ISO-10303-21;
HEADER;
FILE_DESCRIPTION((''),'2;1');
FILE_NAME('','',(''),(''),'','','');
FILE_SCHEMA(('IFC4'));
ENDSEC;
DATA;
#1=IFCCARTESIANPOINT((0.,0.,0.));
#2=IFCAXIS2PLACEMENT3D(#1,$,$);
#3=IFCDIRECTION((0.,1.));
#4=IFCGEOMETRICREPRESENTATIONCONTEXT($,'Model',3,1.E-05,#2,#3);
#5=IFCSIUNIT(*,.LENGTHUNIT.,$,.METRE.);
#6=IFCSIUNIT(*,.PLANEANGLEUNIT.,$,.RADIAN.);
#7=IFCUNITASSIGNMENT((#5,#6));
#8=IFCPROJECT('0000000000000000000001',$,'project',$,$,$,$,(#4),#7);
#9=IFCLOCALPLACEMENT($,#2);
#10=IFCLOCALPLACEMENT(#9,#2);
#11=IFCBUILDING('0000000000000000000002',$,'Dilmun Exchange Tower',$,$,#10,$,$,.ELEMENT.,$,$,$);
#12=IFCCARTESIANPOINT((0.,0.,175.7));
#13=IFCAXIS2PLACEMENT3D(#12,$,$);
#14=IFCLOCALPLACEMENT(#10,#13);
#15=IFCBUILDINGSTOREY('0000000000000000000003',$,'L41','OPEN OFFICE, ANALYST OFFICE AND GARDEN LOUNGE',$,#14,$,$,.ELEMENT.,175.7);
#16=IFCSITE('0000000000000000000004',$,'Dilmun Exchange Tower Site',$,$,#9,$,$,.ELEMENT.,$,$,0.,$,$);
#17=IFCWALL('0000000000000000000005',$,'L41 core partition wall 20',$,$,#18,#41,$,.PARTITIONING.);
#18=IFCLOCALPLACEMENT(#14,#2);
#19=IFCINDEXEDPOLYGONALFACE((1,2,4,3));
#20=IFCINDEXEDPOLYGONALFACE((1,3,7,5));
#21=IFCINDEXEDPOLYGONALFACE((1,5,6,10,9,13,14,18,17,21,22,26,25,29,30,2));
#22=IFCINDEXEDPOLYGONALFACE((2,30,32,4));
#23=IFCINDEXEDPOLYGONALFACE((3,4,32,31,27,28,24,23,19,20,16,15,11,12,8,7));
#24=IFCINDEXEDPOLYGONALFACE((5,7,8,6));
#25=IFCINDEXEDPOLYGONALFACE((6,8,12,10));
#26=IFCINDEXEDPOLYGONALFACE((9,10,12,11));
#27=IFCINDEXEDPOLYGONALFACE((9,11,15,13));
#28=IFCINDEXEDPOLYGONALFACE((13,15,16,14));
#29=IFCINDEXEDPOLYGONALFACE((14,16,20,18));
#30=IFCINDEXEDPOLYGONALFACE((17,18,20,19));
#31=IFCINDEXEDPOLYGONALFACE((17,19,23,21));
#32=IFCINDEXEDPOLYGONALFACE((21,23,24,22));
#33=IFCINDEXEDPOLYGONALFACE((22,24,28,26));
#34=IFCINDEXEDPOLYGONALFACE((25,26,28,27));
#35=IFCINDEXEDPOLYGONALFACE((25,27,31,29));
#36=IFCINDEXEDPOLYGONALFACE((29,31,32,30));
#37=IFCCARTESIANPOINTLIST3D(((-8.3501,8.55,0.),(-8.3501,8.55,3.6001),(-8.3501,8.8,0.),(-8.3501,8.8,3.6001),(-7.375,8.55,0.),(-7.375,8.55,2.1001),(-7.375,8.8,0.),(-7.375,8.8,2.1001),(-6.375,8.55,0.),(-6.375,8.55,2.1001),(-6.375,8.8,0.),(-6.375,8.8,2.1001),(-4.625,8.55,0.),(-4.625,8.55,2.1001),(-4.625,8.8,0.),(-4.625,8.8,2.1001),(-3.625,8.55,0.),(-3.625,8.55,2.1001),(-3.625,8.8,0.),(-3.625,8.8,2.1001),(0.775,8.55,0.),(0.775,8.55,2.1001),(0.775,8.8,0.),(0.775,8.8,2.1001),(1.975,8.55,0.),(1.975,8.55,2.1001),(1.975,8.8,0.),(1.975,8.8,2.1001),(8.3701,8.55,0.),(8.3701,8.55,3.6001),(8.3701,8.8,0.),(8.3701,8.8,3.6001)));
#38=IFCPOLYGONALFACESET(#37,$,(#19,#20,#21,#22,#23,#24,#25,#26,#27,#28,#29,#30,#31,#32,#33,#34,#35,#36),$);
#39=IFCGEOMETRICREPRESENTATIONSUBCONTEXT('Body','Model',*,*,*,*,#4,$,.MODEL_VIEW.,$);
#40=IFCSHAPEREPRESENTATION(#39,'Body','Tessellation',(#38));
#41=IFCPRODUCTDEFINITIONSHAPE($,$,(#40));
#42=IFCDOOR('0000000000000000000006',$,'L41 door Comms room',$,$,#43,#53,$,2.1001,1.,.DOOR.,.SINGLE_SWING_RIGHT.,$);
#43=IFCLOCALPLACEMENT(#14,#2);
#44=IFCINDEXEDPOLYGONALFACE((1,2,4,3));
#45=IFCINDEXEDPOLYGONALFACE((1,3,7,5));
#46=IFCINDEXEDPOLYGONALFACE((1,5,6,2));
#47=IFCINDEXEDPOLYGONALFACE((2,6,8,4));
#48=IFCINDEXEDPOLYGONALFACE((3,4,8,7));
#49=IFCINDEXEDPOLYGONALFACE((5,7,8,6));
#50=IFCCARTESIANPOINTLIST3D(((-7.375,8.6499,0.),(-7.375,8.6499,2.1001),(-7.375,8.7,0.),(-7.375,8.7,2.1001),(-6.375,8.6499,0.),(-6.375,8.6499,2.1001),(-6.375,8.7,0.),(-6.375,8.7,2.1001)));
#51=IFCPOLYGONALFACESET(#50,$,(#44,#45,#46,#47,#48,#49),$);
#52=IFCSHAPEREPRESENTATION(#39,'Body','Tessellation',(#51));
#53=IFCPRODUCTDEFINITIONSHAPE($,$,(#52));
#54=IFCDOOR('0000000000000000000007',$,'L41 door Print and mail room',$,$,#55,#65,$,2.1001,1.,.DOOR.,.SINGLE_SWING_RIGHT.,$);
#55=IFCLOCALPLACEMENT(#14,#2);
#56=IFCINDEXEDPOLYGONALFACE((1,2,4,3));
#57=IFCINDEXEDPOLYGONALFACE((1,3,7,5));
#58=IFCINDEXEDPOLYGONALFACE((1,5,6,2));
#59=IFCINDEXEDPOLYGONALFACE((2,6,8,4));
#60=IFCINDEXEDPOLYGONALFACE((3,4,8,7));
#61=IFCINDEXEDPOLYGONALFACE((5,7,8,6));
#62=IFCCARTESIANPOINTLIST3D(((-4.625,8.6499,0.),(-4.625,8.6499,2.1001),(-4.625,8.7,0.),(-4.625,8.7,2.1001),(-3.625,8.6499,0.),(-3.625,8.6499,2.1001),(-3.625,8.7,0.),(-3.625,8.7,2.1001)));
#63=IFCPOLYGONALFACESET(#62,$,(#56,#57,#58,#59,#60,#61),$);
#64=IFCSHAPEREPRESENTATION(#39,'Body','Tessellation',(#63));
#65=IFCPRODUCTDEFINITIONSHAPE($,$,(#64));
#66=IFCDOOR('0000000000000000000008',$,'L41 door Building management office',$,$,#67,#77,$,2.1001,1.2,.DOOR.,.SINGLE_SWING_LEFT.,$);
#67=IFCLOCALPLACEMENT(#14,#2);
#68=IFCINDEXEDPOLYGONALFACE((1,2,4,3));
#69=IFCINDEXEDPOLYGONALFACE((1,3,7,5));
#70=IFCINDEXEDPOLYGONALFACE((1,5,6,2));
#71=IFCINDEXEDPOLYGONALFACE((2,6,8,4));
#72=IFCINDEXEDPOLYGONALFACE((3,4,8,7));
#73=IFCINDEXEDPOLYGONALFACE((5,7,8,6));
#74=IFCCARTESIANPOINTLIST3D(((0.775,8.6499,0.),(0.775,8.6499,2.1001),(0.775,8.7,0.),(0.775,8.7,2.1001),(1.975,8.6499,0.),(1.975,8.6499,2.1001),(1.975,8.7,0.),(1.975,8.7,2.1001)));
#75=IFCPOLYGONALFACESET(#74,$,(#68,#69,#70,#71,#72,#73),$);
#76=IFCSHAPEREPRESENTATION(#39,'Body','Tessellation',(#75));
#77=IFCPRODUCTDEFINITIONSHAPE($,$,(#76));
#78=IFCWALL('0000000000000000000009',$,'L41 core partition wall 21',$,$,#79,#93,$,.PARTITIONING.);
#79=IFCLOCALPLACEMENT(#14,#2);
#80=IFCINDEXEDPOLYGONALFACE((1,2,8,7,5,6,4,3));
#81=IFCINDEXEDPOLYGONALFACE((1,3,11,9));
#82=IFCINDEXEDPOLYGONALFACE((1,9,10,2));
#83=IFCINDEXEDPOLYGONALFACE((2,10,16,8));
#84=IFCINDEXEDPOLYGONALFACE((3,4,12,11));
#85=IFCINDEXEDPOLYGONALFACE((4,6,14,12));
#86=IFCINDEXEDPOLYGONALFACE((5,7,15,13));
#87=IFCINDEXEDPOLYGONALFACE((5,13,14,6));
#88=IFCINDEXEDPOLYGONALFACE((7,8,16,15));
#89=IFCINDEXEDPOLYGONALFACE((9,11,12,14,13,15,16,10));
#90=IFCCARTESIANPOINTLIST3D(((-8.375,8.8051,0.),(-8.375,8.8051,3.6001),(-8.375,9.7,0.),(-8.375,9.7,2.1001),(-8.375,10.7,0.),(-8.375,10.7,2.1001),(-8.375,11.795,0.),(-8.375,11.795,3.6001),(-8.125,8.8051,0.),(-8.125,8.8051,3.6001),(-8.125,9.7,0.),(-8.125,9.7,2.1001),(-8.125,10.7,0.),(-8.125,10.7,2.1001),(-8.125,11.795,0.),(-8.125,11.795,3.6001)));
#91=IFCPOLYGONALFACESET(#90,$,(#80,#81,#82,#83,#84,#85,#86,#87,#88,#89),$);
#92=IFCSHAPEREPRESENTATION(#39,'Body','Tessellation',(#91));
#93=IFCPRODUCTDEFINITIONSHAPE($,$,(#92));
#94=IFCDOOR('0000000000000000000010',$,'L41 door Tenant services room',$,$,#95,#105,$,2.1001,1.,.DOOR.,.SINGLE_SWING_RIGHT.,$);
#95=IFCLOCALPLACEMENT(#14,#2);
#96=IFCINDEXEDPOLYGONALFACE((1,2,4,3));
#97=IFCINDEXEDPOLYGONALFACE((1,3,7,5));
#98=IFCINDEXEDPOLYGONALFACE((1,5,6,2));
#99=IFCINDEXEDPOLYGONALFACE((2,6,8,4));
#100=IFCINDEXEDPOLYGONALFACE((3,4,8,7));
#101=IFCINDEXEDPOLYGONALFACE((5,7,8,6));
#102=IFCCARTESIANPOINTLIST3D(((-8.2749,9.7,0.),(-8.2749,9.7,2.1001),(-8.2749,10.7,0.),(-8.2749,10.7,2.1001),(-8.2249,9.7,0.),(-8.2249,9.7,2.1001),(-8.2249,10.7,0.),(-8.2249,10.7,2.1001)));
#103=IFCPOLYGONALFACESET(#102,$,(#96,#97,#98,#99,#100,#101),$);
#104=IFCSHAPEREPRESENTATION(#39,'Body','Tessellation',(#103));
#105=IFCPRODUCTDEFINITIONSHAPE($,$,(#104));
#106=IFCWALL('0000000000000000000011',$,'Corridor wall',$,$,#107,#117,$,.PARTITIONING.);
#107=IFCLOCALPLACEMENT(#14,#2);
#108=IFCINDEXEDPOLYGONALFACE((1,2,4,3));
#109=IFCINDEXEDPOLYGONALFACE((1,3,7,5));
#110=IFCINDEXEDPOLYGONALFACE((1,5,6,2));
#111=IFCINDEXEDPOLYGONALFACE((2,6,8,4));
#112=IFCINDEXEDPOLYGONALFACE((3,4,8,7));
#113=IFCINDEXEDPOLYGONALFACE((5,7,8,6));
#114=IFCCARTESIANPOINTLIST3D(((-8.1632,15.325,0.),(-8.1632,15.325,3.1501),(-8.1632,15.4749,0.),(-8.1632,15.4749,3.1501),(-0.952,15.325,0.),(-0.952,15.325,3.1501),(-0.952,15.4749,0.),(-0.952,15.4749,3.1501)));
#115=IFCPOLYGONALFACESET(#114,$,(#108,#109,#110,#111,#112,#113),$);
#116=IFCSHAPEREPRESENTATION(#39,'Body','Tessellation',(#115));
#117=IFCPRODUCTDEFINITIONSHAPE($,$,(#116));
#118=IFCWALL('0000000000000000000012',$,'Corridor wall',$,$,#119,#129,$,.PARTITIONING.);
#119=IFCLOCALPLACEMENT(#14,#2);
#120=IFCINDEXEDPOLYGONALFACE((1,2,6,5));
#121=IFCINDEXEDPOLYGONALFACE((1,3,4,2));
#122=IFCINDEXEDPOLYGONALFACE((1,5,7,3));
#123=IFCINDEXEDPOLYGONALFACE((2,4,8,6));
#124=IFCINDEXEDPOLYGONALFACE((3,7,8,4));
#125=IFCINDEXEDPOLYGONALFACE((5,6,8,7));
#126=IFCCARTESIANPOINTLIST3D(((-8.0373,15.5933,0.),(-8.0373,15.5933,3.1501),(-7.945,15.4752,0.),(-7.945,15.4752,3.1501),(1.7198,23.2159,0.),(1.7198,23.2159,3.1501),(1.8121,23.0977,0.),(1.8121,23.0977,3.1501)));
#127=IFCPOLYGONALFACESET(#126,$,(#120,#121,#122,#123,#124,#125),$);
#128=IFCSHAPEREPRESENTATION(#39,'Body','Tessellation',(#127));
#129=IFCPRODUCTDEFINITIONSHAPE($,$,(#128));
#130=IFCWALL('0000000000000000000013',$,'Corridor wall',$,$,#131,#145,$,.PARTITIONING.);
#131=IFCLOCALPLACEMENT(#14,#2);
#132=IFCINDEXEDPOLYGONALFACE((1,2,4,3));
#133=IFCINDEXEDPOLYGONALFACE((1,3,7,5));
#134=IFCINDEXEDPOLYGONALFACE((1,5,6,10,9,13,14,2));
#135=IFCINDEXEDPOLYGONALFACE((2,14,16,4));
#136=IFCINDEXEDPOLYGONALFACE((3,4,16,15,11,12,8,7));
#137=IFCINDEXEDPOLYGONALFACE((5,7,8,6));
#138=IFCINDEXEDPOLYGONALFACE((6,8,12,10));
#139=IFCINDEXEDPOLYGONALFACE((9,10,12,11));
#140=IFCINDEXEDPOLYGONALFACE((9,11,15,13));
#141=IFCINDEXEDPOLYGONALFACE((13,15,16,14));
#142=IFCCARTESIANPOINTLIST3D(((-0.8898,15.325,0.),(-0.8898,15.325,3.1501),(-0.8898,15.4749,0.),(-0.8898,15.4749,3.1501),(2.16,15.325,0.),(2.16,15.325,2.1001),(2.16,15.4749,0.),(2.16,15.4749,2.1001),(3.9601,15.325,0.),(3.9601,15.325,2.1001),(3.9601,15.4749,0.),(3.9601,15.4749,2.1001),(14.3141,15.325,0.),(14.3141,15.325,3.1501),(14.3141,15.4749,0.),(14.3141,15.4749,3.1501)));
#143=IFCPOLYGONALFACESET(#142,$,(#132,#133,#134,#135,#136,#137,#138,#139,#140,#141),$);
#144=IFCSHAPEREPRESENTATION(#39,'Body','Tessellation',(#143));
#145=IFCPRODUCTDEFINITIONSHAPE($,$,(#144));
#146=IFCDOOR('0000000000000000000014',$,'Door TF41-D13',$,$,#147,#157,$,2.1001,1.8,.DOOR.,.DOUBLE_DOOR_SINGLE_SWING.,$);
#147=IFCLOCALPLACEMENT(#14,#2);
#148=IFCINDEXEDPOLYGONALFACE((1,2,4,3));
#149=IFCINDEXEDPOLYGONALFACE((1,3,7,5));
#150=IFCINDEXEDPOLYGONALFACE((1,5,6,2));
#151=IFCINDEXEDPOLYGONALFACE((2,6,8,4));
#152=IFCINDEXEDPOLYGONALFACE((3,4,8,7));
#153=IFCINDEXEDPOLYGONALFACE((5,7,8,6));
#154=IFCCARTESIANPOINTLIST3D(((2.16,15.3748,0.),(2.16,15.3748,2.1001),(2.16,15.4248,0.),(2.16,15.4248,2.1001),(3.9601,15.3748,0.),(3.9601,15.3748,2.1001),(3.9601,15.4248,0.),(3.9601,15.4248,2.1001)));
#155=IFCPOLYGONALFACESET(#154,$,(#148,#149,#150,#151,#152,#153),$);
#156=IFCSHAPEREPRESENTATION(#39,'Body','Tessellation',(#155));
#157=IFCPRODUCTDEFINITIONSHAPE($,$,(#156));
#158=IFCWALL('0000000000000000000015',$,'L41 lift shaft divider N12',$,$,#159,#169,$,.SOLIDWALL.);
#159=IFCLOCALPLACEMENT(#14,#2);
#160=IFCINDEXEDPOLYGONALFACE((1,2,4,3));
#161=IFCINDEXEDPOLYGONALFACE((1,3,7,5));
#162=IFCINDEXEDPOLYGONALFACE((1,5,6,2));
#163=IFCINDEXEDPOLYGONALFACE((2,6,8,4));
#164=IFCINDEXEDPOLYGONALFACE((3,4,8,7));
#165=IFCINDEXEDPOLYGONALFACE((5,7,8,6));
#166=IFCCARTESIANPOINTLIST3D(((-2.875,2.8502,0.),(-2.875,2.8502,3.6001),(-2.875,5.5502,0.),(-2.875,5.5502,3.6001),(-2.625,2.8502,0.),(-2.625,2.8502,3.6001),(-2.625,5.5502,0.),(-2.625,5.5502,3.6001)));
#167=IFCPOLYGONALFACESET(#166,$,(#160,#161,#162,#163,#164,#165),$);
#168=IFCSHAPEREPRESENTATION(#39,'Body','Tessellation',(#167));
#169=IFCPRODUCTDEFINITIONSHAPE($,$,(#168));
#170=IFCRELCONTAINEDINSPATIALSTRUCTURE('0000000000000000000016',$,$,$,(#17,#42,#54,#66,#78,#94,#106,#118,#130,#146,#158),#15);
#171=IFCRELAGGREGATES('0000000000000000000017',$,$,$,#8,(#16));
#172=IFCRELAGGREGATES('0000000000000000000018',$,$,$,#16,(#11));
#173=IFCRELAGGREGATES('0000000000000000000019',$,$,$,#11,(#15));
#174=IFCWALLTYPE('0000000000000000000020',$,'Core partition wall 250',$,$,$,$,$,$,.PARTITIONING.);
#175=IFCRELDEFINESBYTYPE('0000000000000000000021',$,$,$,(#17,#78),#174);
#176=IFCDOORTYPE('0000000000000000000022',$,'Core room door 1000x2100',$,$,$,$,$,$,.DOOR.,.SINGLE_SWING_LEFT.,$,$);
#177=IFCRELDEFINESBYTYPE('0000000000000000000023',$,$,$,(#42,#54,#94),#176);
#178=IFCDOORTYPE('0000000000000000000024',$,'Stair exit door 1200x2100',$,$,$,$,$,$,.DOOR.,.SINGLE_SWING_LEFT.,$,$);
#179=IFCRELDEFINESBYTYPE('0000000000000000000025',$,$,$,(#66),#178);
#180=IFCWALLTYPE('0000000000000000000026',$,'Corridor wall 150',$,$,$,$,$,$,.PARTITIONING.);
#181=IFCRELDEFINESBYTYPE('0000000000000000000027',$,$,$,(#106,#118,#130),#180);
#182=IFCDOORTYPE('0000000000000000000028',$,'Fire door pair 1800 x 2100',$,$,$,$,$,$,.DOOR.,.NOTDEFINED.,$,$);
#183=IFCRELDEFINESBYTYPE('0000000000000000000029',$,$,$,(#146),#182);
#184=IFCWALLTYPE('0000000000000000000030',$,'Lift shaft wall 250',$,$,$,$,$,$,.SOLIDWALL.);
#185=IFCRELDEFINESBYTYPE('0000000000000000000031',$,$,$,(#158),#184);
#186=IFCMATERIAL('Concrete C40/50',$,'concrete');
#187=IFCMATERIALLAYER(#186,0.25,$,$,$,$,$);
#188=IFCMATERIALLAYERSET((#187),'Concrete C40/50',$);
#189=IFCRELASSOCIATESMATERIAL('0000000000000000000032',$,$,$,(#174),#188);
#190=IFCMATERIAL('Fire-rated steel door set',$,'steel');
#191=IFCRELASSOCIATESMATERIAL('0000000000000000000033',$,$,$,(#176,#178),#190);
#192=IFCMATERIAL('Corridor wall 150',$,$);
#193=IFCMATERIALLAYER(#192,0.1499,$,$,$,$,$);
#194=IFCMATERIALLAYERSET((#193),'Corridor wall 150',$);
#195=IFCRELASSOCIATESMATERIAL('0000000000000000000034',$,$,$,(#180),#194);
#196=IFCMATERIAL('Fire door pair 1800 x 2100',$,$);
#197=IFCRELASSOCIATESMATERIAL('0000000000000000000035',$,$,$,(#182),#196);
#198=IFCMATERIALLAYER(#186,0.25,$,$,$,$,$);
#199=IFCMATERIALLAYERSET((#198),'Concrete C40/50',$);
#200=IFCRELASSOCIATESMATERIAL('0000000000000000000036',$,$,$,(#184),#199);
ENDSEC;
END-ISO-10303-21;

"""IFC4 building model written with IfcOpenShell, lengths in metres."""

from ifc_helpers import new_model, si_unit, direction, frame, frame_2d, origin, place, context, subcontext, project, spatial, rectangle, extrude, material, layer, layer_set, type_object, element, fill, save


model = new_model("IFC4")

# Units and contexts
model_context = context("Model", 3, precision=1e-05, world=origin(), true_north=direction((0.0, 1.0)))
body_context = subcontext(model_context, "Body", "Model", "MODEL_VIEW")
ifc_project = project(units=[si_unit("LENGTHUNIT", "METRE"), si_unit("PLANEANGLEUNIT", "RADIAN")], contexts=[model_context])

# Site, building, storey
site_placement = place(None, origin())
site = spatial("IfcSite", under=ifc_project, at=site_placement, Name="Dilmun Exchange Tower Site", CompositionType="ELEMENT", RefElevation=0.0)
building_placement = place(site_placement, origin())
building = spatial("IfcBuilding", under=site, at=building_placement, Name="Dilmun Exchange Tower", CompositionType="ELEMENT")
storey_placement = place(building_placement, frame((0.0, 0.0, 175.7)))
storey = spatial("IfcBuildingStorey", under=building, at=storey_placement, Name="L41", Description="OPEN OFFICE, ANALYST OFFICE AND GARDEN LOUNGE", CompositionType="ELEMENT", Elevation=175.7)

# Shared definitions
ifc_material_1 = material(Name="Concrete C40/50", Category="concrete")

# Shared definitions
ifc_material_2 = material(Name="Fire-rated steel door set", Category="steel")

# Shared definitions
ifc_layer_1 = layer(ifc_material_1, 0.25)
ifc_layer_set_1 = layer_set([ifc_layer_1], Name="Concrete C40/50")
wall_type_1 = type_object("IfcWallType", Name="Core partition wall 250", PredefinedType="PARTITIONING", material=ifc_layer_set_1)

# Wall, openings, doors
wall_1_placement = place(storey_placement, frame((-8.3501, 8.675, 0.0), z_axis=(0.0, 0.0, 1.0), x_axis=(1.0, 0.0, 0.0)))
wall_1 = element("IfcWall", 1, at=wall_1_placement, inside=storey, type_object=wall_type_1, Name="L41 core partition wall 20", PredefinedType="PARTITIONING", context=body_context, shape_type="SweptSolid", body=[
    extrude(rectangle(XDim=16.7202, YDim=0.25, at=frame_2d((8.3601, 0.0))), origin(), (0.0, 0.0, 1.0), 3.6001),
])
opening_1_placement = place(wall_1_placement, frame((0.9751, 0.0, 0.0)))
opening_1 = element("IfcOpeningElement", 2, at=opening_1_placement, cuts=wall_1, PredefinedType="OPENING", context=body_context, shape_type="SweptSolid", body=[
    extrude(rectangle(XDim=1.0, YDim=2.1001, at=frame_2d((0.5, 1.05))), frame((0.0, 0.135, 0.0), z_axis=(0.0, -1.0, 0.0), x_axis=(1.0, 0.0, 0.0)), (0.0, 0.0, 1.0), 0.27),
])
opening_2_placement = place(wall_1_placement, frame((3.7251, 0.0, 0.0)))
opening_2 = element("IfcOpeningElement", 3, at=opening_2_placement, cuts=wall_1, PredefinedType="OPENING", context=body_context, shape_type="SweptSolid", body=[
    extrude(rectangle(XDim=1.0, YDim=2.1001, at=frame_2d((0.5, 1.05))), frame((0.0, 0.135, 0.0), z_axis=(0.0, -1.0, 0.0), x_axis=(1.0, 0.0, 0.0)), (0.0, 0.0, 1.0), 0.27),
])
opening_3_placement = place(wall_1_placement, frame((9.125, 0.0, 0.0)))
opening_3 = element("IfcOpeningElement", 4, at=opening_3_placement, cuts=wall_1, PredefinedType="OPENING", context=body_context, shape_type="SweptSolid", body=[
    extrude(rectangle(XDim=1.2, YDim=2.1001, at=frame_2d((0.6001, 1.05))), frame((0.0, 0.135, 0.0), z_axis=(0.0, -1.0, 0.0), x_axis=(1.0, 0.0, 0.0)), (0.0, 0.0, 1.0), 0.27),
])
door_type_1 = type_object("IfcDoorType", Name="Core room door 1000x2100", OperationType="SINGLE_SWING_LEFT", PredefinedType="DOOR", material=ifc_material_2)
door_1_placement = place(opening_1_placement, origin())
door_1 = element("IfcDoor", 5, at=door_1_placement, inside=storey, type_object=door_type_1, Name="L41 door Comms room", OperationType="SINGLE_SWING_RIGHT", OverallHeight=2.1001, OverallWidth=1.0, PredefinedType="DOOR", context=body_context, shape_type="SweptSolid", body=[
    extrude(rectangle(XDim=1.0, YDim=2.1001, at=frame_2d((0.5, 1.05))), frame((0.0, 0.0249, 0.0), z_axis=(0.0, -1.0, 0.0), x_axis=(1.0, 0.0, 0.0)), (0.0, 0.0, 1.0), 0.05),
])
fill(opening_1, door_1)
door_2_placement = place(opening_2_placement, origin())
door_2 = element("IfcDoor", 6, at=door_2_placement, inside=storey, type_object=door_type_1, Name="L41 door Print and mail room", OperationType="SINGLE_SWING_RIGHT", OverallHeight=2.1001, OverallWidth=1.0, PredefinedType="DOOR", context=body_context, shape_type="SweptSolid", body=[
    extrude(rectangle(XDim=1.0, YDim=2.1001, at=frame_2d((0.5, 1.05))), frame((0.0, 0.0249, 0.0), z_axis=(0.0, -1.0, 0.0), x_axis=(1.0, 0.0, 0.0)), (0.0, 0.0, 1.0), 0.05),
])
fill(opening_2, door_2)
door_type_2 = type_object("IfcDoorType", Name="Stair exit door 1200x2100", OperationType="SINGLE_SWING_LEFT", PredefinedType="DOOR", material=ifc_material_2)
door_3_placement = place(opening_3_placement, origin())
door_3 = element("IfcDoor", 7, at=door_3_placement, inside=storey, type_object=door_type_2, Name="L41 door Building management office", OperationType="SINGLE_SWING_LEFT", OverallHeight=2.1001, OverallWidth=1.2, PredefinedType="DOOR", context=body_context, shape_type="SweptSolid", body=[
    extrude(rectangle(XDim=1.2, YDim=2.1001, at=frame_2d((0.6001, 1.05))), frame((0.0, 0.0249, 0.0), z_axis=(0.0, -1.0, 0.0), x_axis=(1.0, 0.0, 0.0)), (0.0, 0.0, 1.0), 0.05),
])
fill(opening_3, door_3)

# Wall, opening, door
wall_2_placement = place(storey_placement, frame((-8.25, 8.8049, 0.0), z_axis=(0.0, 0.0, 1.0), x_axis=(0.0, 1.0, 0.0)))
wall_2 = element("IfcWall", 8, at=wall_2_placement, inside=storey, type_object=wall_type_1, Name="L41 core partition wall 21", PredefinedType="PARTITIONING", context=body_context, shape_type="SweptSolid", body=[
    extrude(rectangle(XDim=2.99, YDim=0.25, at=frame_2d((1.4951, 0.0))), origin(), (0.0, 0.0, 1.0), 3.6001),
])
opening_4_placement = place(wall_2_placement, frame((0.895, 0.0, 0.0)))
opening_4 = element("IfcOpeningElement", 9, at=opening_4_placement, cuts=wall_2, PredefinedType="OPENING", context=body_context, shape_type="SweptSolid", body=[
    extrude(rectangle(XDim=1.0, YDim=2.1001, at=frame_2d((0.5, 1.05))), frame((0.0, 0.135, 0.0), z_axis=(0.0, -1.0, 0.0), x_axis=(1.0, 0.0, 0.0)), (0.0, 0.0, 1.0), 0.27),
])
door_4_placement = place(opening_4_placement, origin())
door_4 = element("IfcDoor", 10, at=door_4_placement, inside=storey, type_object=door_type_1, Name="L41 door Tenant services room", OperationType="SINGLE_SWING_RIGHT", OverallHeight=2.1001, OverallWidth=1.0, PredefinedType="DOOR", context=body_context, shape_type="SweptSolid", body=[
    extrude(rectangle(XDim=1.0, YDim=2.1001, at=frame_2d((0.5, 1.05))), frame((0.0, 0.0249, 0.0), z_axis=(0.0, -1.0, 0.0), x_axis=(1.0, 0.0, 0.0)), (0.0, 0.0, 1.0), 0.05),
])
fill(opening_4, door_4)

# Walls
ifc_material_3 = material(Name="Corridor wall 150")
ifc_layer_2 = layer(ifc_material_3, 0.1499)
ifc_layer_set_2 = layer_set([ifc_layer_2], Name="Corridor wall 150")
wall_type_2 = type_object("IfcWallType", Name="Corridor wall 150", PredefinedType="PARTITIONING", material=ifc_layer_set_2)
wall_3_placement = place(storey_placement, frame((-8.1631, 15.3999, 0.0), z_axis=(0.0, 0.0, 1.0), x_axis=(1.0, 0.0, 0.0)))
element("IfcWall", 11, at=wall_3_placement, inside=storey, type_object=wall_type_2, Name="Corridor wall", PredefinedType="PARTITIONING", context=body_context, shape_type="SweptSolid", body=[
    extrude(rectangle(XDim=7.2112, YDim=0.1499, at=frame_2d((3.6055, 0.0))), origin(), (0.0, 0.0, 1.0), 3.1501),
])
wall_4_placement = place(storey_placement, frame((-7.9912, 15.5342, 0.0), z_axis=(0.0, 0.0, 1.0), x_axis=(0.788031, 0.615636, 0.0)))
element("IfcWall", 12, at=wall_4_placement, inside=storey, type_object=wall_type_2, Name="Corridor wall", PredefinedType="PARTITIONING", context=body_context, shape_type="SweptSolid", body=[
    extrude(rectangle(XDim=12.3816, YDim=0.1499, at=frame_2d((6.1909, 0.0))), origin(), (0.0, 0.0, 1.0), 3.1501),
])

# Wall, opening, door
wall_5_placement = place(storey_placement, frame((-0.8899, 15.3999, 0.0), z_axis=(0.0, 0.0, 1.0), x_axis=(1.0, 0.0, 0.0)))
wall_5 = element("IfcWall", 13, at=wall_5_placement, inside=storey, type_object=wall_type_2, Name="Corridor wall", PredefinedType="PARTITIONING", context=body_context, shape_type="SweptSolid", body=[
    extrude(rectangle(XDim=15.2039, YDim=0.1499, at=frame_2d((7.6021, 0.0))), origin(), (0.0, 0.0, 1.0), 3.1501),
])
opening_5_placement = place(wall_5_placement, frame((3.05, 0.0, 0.0)))
opening_5 = element("IfcOpeningElement", 14, at=opening_5_placement, cuts=wall_5, PredefinedType="OPENING", context=body_context, shape_type="SweptSolid", body=[
    extrude(rectangle(XDim=1.8, YDim=2.1001, at=frame_2d((0.8999, 1.05))), frame((0.0, 0.085, 0.0), z_axis=(0.0, -1.0, 0.0), x_axis=(1.0, 0.0, 0.0)), (0.0, 0.0, 1.0), 0.1699),
])
ifc_material_4 = material(Name="Fire door pair 1800 x 2100")
door_type_3 = type_object("IfcDoorType", Name="Fire door pair 1800 x 2100", OperationType="NOTDEFINED", PredefinedType="DOOR", material=ifc_material_4)
door_5_placement = place(opening_5_placement, origin())
door_5 = element("IfcDoor", 15, at=door_5_placement, inside=storey, type_object=door_type_3, Name="Door TF41-D13", OperationType="DOUBLE_DOOR_SINGLE_SWING", OverallHeight=2.1001, OverallWidth=1.8, PredefinedType="DOOR", context=body_context, shape_type="SweptSolid", body=[
    extrude(rectangle(XDim=1.8, YDim=2.1001, at=frame_2d((0.8999, 1.05))), frame((0.0, 0.0249, 0.0), z_axis=(0.0, -1.0, 0.0), x_axis=(1.0, 0.0, 0.0)), (0.0, 0.0, 1.0), 0.05),
])
fill(opening_5, door_5)

# Wall
ifc_layer_3 = layer(ifc_material_1, 0.25)
ifc_layer_set_3 = layer_set([ifc_layer_3], Name="Concrete C40/50")
wall_type_3 = type_object("IfcWallType", Name="Lift shaft wall 250", PredefinedType="SOLIDWALL", material=ifc_layer_set_3)
for number, where, z_axis, x_axis, name in (
    (16, (-2.75, 2.8501, 0.0), (0.0, 0.0, 1.0), (0.0, 1.0, 0.0), "L41 lift shaft divider N12"),
):
    element("IfcWall", number, at=place(storey_placement, frame(where, z_axis=z_axis, x_axis=x_axis)), inside=storey, type_object=wall_type_3, Name=name, PredefinedType="SOLIDWALL", context=body_context, shape_type="SweptSolid", body=[
        extrude(rectangle(XDim=2.7, YDim=0.25, at=frame_2d((1.3501, 0.0))), origin(), (0.0, 0.0, 1.0), 3.6001),
    ])

save(model, "model.ifc")
